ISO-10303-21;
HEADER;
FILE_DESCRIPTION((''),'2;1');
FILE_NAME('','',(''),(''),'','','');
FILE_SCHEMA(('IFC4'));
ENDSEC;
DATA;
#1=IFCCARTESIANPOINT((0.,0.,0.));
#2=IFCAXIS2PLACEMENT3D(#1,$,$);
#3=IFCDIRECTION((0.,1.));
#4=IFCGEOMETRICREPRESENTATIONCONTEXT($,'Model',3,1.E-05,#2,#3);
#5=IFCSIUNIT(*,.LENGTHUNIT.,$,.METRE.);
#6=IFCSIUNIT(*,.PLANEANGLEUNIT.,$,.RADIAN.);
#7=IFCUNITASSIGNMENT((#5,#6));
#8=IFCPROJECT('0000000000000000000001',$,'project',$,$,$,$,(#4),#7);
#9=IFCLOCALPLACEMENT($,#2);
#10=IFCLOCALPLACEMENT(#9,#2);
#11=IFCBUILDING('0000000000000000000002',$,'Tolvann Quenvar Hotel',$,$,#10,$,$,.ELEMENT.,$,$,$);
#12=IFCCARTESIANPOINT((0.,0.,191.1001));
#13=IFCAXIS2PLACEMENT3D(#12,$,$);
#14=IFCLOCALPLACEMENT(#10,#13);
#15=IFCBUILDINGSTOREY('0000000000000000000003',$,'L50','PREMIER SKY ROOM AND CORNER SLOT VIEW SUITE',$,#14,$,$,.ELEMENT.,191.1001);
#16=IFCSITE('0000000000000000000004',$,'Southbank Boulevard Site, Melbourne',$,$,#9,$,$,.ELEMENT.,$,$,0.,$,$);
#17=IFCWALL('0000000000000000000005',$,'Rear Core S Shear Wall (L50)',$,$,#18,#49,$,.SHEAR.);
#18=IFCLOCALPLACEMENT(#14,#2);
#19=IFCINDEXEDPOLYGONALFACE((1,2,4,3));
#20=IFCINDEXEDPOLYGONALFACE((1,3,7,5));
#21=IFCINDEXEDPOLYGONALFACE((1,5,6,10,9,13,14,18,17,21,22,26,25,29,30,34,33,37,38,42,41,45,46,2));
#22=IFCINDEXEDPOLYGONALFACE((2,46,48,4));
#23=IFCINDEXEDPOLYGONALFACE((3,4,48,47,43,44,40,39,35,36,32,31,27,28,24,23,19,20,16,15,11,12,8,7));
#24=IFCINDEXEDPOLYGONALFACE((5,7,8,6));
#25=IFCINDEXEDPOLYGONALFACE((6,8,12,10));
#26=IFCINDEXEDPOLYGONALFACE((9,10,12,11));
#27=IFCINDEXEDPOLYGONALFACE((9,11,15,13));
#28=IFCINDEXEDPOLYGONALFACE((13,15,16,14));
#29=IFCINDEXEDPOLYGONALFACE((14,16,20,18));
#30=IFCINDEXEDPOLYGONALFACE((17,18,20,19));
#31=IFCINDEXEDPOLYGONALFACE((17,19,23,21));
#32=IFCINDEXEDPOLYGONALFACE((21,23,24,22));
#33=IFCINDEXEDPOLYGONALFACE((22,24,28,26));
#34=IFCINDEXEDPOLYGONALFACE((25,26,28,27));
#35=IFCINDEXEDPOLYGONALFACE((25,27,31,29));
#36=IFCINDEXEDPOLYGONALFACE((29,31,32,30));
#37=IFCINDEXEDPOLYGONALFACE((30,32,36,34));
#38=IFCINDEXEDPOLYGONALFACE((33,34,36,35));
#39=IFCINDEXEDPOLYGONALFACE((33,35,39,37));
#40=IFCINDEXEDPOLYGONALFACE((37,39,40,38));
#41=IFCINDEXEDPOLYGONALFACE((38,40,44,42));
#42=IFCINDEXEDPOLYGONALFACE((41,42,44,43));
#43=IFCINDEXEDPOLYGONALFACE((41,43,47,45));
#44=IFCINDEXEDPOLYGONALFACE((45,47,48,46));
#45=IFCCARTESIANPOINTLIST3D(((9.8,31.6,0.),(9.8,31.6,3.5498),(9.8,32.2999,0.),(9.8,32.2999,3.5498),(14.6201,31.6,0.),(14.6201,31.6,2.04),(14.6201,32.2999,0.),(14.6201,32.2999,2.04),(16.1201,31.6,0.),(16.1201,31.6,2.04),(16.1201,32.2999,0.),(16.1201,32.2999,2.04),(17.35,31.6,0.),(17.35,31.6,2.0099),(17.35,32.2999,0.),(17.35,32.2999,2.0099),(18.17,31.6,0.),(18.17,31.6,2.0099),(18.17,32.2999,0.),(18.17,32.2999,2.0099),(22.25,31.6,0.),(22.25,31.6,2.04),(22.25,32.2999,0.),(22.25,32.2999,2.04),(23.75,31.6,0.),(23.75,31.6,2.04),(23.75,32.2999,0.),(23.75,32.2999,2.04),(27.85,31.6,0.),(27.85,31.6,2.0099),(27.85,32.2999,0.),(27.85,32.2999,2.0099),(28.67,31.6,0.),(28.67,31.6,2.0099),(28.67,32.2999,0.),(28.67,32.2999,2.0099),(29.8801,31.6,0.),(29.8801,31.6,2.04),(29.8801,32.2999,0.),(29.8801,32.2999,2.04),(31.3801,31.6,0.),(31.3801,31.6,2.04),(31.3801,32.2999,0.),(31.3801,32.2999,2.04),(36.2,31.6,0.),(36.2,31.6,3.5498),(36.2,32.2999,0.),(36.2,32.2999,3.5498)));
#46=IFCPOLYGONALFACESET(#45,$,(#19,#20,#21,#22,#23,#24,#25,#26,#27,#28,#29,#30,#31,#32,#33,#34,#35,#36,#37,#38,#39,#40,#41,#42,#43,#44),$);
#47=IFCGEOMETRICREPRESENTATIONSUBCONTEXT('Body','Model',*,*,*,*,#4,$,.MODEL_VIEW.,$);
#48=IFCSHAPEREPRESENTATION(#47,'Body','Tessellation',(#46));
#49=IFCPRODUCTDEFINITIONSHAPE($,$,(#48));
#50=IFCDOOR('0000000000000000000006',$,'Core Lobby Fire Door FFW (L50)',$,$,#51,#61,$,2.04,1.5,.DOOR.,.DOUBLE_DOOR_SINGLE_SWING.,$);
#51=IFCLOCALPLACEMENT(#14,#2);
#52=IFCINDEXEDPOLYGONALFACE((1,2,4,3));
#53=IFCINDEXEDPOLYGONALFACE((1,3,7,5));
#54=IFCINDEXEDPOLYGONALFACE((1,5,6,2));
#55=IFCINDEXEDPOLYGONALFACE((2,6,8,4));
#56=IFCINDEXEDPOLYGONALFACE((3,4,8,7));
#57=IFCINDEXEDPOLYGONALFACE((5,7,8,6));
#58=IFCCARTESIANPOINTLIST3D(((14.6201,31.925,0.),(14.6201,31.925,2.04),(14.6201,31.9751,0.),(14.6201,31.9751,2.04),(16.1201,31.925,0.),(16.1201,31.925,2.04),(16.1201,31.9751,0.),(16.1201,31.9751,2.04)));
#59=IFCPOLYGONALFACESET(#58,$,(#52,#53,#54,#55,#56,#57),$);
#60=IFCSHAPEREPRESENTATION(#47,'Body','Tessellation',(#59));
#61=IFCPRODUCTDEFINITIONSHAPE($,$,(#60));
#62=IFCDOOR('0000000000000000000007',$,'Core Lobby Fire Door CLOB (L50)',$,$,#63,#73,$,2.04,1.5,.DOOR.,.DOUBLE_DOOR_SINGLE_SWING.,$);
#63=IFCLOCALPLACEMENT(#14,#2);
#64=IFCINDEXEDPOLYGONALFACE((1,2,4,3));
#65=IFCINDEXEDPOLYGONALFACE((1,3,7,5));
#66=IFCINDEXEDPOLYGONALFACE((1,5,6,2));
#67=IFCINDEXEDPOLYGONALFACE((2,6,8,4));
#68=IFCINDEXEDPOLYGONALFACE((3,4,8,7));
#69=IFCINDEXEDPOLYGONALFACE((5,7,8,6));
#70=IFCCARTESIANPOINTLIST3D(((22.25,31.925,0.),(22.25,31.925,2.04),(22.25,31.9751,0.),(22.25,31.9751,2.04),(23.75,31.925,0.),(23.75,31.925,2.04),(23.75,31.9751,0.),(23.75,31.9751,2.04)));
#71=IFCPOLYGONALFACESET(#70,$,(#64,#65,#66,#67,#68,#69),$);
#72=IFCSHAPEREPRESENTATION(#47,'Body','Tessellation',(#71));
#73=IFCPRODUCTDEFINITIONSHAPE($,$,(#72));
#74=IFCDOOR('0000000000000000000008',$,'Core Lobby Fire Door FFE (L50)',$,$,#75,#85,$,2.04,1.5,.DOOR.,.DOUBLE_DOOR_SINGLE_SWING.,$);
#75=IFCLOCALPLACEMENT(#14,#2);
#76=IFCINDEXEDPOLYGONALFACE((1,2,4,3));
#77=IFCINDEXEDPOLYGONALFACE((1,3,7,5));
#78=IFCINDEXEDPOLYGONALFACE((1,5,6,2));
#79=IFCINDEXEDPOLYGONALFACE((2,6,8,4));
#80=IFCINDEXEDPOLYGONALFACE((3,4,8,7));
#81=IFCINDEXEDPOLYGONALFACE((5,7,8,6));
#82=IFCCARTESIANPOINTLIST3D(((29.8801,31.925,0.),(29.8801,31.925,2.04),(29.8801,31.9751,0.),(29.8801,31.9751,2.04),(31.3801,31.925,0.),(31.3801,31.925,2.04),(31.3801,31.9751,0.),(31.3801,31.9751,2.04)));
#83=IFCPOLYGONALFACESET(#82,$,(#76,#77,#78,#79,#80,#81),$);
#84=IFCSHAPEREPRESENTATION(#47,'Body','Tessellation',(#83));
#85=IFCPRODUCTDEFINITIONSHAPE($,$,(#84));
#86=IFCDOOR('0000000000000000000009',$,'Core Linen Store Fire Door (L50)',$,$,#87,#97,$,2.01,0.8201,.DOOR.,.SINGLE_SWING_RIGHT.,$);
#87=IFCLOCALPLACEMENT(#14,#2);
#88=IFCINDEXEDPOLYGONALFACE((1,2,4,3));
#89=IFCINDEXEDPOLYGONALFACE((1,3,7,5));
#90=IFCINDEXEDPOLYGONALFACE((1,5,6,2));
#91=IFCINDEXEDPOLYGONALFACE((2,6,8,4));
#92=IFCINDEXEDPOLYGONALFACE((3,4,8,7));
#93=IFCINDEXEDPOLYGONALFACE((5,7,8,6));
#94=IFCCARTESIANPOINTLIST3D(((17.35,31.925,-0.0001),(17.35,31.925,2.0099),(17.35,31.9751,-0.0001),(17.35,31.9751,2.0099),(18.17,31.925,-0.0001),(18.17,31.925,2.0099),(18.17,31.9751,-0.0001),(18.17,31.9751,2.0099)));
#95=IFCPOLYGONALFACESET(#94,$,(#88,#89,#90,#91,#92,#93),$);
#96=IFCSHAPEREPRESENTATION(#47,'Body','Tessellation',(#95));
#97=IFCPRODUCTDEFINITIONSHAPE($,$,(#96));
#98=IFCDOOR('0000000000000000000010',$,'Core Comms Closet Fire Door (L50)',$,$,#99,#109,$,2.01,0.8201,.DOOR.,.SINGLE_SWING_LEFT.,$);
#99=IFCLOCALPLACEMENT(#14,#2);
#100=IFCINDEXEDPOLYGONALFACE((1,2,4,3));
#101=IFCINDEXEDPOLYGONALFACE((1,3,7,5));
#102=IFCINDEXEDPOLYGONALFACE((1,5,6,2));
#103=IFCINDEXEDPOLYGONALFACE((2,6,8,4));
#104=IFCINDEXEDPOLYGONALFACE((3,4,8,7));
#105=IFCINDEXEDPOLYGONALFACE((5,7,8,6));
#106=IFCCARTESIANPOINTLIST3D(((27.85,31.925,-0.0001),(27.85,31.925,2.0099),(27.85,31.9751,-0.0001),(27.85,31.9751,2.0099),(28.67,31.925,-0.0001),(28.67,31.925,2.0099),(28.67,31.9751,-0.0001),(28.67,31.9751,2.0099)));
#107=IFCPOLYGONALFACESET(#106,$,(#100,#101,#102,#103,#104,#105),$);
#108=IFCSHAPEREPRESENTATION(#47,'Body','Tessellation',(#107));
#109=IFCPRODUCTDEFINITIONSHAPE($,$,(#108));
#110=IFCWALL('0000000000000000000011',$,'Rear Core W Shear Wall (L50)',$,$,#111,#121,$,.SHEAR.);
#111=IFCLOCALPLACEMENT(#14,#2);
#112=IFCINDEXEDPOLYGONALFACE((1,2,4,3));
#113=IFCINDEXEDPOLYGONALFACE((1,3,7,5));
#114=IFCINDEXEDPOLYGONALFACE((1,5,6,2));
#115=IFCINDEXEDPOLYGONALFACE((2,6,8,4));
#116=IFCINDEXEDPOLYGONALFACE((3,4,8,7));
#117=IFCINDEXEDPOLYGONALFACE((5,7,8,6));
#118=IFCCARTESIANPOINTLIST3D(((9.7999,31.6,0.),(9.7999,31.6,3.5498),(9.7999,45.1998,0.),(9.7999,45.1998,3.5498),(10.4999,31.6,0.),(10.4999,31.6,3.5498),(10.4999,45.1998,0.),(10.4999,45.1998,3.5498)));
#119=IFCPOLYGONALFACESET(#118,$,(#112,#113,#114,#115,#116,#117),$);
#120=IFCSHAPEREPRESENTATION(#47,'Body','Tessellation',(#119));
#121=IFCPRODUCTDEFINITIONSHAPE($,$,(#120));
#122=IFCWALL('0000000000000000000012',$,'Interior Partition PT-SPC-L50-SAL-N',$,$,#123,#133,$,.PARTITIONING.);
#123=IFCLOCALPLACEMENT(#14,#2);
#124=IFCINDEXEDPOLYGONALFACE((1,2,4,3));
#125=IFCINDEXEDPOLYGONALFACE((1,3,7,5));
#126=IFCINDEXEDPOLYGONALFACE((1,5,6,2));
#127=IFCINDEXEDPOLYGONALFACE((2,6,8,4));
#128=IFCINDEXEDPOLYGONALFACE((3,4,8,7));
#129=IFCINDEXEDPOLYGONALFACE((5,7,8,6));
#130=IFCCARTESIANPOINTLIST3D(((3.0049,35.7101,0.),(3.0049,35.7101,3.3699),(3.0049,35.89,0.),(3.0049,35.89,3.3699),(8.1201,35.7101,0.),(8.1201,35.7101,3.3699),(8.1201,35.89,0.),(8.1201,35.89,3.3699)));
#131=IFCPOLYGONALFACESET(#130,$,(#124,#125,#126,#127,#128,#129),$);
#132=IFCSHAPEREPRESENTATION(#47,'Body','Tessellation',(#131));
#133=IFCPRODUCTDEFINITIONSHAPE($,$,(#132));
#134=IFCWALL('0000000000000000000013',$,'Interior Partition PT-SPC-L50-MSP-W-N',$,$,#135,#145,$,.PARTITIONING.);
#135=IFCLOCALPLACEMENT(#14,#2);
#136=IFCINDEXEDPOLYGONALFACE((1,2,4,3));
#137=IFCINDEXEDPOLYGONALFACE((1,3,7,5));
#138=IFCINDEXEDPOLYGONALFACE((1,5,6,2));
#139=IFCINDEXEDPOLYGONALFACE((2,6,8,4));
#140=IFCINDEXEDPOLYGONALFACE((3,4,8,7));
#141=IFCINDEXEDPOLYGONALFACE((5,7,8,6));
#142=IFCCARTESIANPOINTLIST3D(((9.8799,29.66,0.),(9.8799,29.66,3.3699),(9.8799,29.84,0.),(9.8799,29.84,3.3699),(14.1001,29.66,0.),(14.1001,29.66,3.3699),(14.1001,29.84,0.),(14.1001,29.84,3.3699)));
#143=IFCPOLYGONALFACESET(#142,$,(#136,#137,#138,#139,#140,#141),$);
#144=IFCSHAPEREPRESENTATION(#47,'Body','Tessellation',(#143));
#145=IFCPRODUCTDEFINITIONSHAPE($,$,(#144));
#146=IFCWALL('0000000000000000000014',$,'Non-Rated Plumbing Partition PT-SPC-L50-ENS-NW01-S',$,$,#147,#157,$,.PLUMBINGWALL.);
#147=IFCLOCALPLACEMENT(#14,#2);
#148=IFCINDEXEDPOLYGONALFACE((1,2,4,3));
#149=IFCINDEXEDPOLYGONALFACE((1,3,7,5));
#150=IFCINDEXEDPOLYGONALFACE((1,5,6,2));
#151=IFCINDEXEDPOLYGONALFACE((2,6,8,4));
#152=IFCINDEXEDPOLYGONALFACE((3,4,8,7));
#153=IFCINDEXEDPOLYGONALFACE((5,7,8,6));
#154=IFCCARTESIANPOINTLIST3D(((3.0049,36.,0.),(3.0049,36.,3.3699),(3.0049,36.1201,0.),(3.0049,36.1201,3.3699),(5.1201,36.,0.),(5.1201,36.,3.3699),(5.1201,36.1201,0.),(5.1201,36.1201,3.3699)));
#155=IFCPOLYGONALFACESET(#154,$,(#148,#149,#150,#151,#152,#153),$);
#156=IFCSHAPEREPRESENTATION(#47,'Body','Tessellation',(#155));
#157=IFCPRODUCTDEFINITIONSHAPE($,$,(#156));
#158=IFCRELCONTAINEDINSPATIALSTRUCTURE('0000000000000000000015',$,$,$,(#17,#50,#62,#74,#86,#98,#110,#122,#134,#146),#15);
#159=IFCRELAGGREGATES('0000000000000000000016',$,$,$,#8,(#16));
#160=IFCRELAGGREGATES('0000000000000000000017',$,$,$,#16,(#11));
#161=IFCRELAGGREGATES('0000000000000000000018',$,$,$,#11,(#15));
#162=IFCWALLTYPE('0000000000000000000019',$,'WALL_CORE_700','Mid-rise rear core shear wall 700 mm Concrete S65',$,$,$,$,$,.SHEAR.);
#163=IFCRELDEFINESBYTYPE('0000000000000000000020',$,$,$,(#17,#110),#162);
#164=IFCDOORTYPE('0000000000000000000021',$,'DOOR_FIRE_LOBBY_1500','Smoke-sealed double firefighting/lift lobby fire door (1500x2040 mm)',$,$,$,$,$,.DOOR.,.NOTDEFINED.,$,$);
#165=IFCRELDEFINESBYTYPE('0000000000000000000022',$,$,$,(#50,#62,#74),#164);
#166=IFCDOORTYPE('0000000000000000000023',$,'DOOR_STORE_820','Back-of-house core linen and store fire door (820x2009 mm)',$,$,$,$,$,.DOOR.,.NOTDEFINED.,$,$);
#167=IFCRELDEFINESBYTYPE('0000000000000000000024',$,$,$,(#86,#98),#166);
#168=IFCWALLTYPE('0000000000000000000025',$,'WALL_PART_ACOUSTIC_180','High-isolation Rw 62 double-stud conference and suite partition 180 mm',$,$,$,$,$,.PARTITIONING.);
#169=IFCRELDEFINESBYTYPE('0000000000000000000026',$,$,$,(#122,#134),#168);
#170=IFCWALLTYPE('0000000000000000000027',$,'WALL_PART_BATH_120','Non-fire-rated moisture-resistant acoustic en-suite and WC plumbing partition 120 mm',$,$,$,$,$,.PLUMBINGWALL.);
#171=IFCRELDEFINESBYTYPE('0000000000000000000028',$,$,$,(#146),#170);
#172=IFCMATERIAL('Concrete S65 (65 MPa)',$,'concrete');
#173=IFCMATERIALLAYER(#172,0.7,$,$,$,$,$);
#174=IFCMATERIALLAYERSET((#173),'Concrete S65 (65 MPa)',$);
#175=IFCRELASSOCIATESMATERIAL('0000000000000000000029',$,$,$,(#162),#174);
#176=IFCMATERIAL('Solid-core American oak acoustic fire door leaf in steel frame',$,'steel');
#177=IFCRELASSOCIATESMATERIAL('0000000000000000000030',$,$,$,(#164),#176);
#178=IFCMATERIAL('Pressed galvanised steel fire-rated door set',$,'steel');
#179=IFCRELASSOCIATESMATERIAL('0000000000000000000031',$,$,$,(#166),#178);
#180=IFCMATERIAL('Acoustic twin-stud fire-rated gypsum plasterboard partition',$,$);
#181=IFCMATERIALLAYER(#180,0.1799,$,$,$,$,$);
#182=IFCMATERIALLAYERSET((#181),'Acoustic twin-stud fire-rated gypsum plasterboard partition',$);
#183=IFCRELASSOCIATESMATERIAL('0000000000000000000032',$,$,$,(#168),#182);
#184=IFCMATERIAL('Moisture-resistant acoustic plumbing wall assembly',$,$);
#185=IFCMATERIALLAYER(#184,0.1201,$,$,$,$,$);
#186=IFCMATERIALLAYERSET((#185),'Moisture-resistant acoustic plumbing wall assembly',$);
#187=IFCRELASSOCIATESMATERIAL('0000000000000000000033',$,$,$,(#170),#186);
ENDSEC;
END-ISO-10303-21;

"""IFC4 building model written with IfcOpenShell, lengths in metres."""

from ifc_helpers import new_model, si_unit, direction, frame, frame_2d, origin, place, context, subcontext, project, spatial, rectangle, extrude, source, transform, mapped, material, layer, layer_set, type_object, type_shapes, element, fill, save


model = new_model("IFC4")

# Units and contexts
model_context = context("Model", 3, precision=1e-05, world=origin(), true_north=direction((0.0, 1.0)))
body_context = subcontext(model_context, "Body", "Model", "MODEL_VIEW")
ifc_project = project(units=[si_unit("LENGTHUNIT", "METRE"), si_unit("PLANEANGLEUNIT", "RADIAN")], contexts=[model_context])

# Site, building, storey
site_placement = place(None, origin())
site = spatial("IfcSite", under=ifc_project, at=site_placement, Name="Southbank Boulevard Site, Melbourne", CompositionType="ELEMENT", RefElevation=0.0)
building_placement = place(site_placement, origin())
building = spatial("IfcBuilding", under=site, at=building_placement, Name="Tolvann Quenvar Hotel", CompositionType="ELEMENT")
storey_placement = place(building_placement, frame((0.0, 0.0, 191.1001)))
storey = spatial("IfcBuildingStorey", under=building, at=storey_placement, Name="L50", Description="PREMIER SKY ROOM AND CORNER SLOT VIEW SUITE", CompositionType="ELEMENT", Elevation=191.1001)

# Wall, openings, doors
ifc_material_1 = material(Name="Concrete S65 (65 MPa)", Category="concrete")
ifc_layer_1 = layer(ifc_material_1, 0.7)
ifc_layer_set_1 = layer_set([ifc_layer_1], Name="Concrete S65 (65 MPa)")
wall_type_1 = type_object("IfcWallType", Name="WALL_CORE_700", Description="Mid-rise rear core shear wall 700 mm Concrete S65", PredefinedType="SHEAR", material=ifc_layer_set_1)
wall_1_placement = place(storey_placement, frame((9.8, 31.95, 0.0), z_axis=(0.0, 0.0, 1.0), x_axis=(1.0, 0.0, 0.0)))
wall_1 = element("IfcWall", 1, at=wall_1_placement, inside=storey, type_object=wall_type_1, Name="Rear Core S Shear Wall (L50)", PredefinedType="SHEAR", context=body_context, shape_type="SweptSolid", body=[
    extrude(rectangle(XDim=26.3999, YDim=0.7, at=frame_2d((13.2, 0.0))), origin(), (0.0, 0.0, 1.0), 3.5498),
])
opening_1_placement = place(wall_1_placement, frame((6.3201, 0.0, 0.0), z_axis=(0.0, 0.0, 1.0), x_axis=(-1.0, 0.0, 0.0)))
opening_1 = element("IfcOpeningElement", 2, at=opening_1_placement, cuts=wall_1, PredefinedType="OPENING", context=body_context, shape_type="SweptSolid", body=[
    extrude(rectangle(XDim=1.5, YDim=2.04, at=frame_2d((0.75, 1.02))), frame((0.0, 0.3599, 0.0), z_axis=(0.0, -1.0, 0.0), x_axis=(1.0, 0.0, 0.0)), (0.0, 0.0, 1.0), 0.72),
])
opening_2_placement = place(wall_1_placement, frame((13.95, 0.0, 0.0), z_axis=(0.0, 0.0, 1.0), x_axis=(-1.0, 0.0, 0.0)))
opening_2 = element("IfcOpeningElement", 3, at=opening_2_placement, cuts=wall_1, PredefinedType="OPENING", context=body_context, shape_type="SweptSolid", body=[
    extrude(rectangle(XDim=1.5, YDim=2.04, at=frame_2d((0.75, 1.02))), frame((0.0, 0.3599, 0.0), z_axis=(0.0, -1.0, 0.0), x_axis=(1.0, 0.0, 0.0)), (0.0, 0.0, 1.0), 0.72),
])
opening_3_placement = place(wall_1_placement, frame((21.5801, 0.0, 0.0), z_axis=(0.0, 0.0, 1.0), x_axis=(-1.0, 0.0, 0.0)))
opening_3 = element("IfcOpeningElement", 4, at=opening_3_placement, cuts=wall_1, PredefinedType="OPENING", context=body_context, shape_type="SweptSolid", body=[
    extrude(rectangle(XDim=1.5, YDim=2.04, at=frame_2d((0.75, 1.02))), frame((0.0, 0.3599, 0.0), z_axis=(0.0, -1.0, 0.0), x_axis=(1.0, 0.0, 0.0)), (0.0, 0.0, 1.0), 0.72),
])
opening_4_placement = place(wall_1_placement, frame((8.3701, 0.0, 0.0), z_axis=(0.0, 0.0, 1.0), x_axis=(-1.0, 0.0, 0.0)))
opening_4 = element("IfcOpeningElement", 5, at=opening_4_placement, cuts=wall_1, PredefinedType="OPENING", context=body_context, shape_type="SweptSolid", body=[
    extrude(rectangle(XDim=0.8201, YDim=2.01, at=frame_2d((0.4102, 1.0049))), frame((0.0, 0.3599, 0.0), z_axis=(0.0, -1.0, 0.0), x_axis=(1.0, 0.0, 0.0)), (0.0, 0.0, 1.0), 0.72),
])
opening_5_placement = place(wall_1_placement, frame((18.8701, 0.0, 0.0), z_axis=(0.0, 0.0, 1.0), x_axis=(-1.0, 0.0, 0.0)))
opening_5 = element("IfcOpeningElement", 6, at=opening_5_placement, cuts=wall_1, PredefinedType="OPENING", context=body_context, shape_type="SweptSolid", body=[
    extrude(rectangle(XDim=0.8201, YDim=2.01, at=frame_2d((0.4102, 1.0049))), frame((0.0, 0.3599, 0.0), z_axis=(0.0, -1.0, 0.0), x_axis=(1.0, 0.0, 0.0)), (0.0, 0.0, 1.0), 0.72),
])
ifc_material_2 = material(Name="Solid-core American oak acoustic fire door leaf in steel frame", Category="steel")
door_type_1 = type_object("IfcDoorType", Name="DOOR_FIRE_LOBBY_1500", Description="Smoke-sealed double firefighting/lift lobby fire door (1500x2040 mm)", OperationType="NOTDEFINED", PredefinedType="DOOR", material=ifc_material_2)
shared_shape_1 = source(origin(), body_context, "Body", "SweptSolid", [
    extrude(rectangle(XDim=1.5, YDim=2.04, at=frame_2d((0.75, 1.02))), frame((0.0, 0.0249, 0.0), z_axis=(0.0, -1.0, 0.0), x_axis=(1.0, 0.0, 0.0)), (0.0, 0.0, 1.0), 0.05),
])
type_shapes(door_type_1, [shared_shape_1])
door_1_placement = place(opening_1_placement, origin())
door_1 = element("IfcDoor", 7, at=door_1_placement, inside=storey, type_object=door_type_1, Name="Core Lobby Fire Door FFW (L50)", OperationType="DOUBLE_DOOR_SINGLE_SWING", OverallHeight=2.04, OverallWidth=1.5, PredefinedType="DOOR", context=body_context, shape_type="MappedRepresentation", body=[
    mapped(shared_shape_1, transform((0.0, 0.0, 0.0), x_axis=(1.0, 0.0, 0.0), y_axis=(0.0, 1.0, 0.0), z_axis=(0.0, 0.0, 1.0), scale=1.0)),
])
fill(opening_1, door_1)
door_2_placement = place(opening_2_placement, origin())
door_2 = element("IfcDoor", 8, at=door_2_placement, inside=storey, type_object=door_type_1, Name="Core Lobby Fire Door CLOB (L50)", OperationType="DOUBLE_DOOR_SINGLE_SWING", OverallHeight=2.04, OverallWidth=1.5, PredefinedType="DOOR", context=body_context, shape_type="MappedRepresentation", body=[
    mapped(shared_shape_1, transform((0.0, 0.0, 0.0), x_axis=(1.0, 0.0, 0.0), y_axis=(0.0, 1.0, 0.0), z_axis=(0.0, 0.0, 1.0), scale=1.0)),
])
fill(opening_2, door_2)
door_3_placement = place(opening_3_placement, origin())
door_3 = element("IfcDoor", 9, at=door_3_placement, inside=storey, type_object=door_type_1, Name="Core Lobby Fire Door FFE (L50)", OperationType="DOUBLE_DOOR_SINGLE_SWING", OverallHeight=2.04, OverallWidth=1.5, PredefinedType="DOOR", context=body_context, shape_type="MappedRepresentation", body=[
    mapped(shared_shape_1, transform((0.0, 0.0, 0.0), x_axis=(1.0, 0.0, 0.0), y_axis=(0.0, 1.0, 0.0), z_axis=(0.0, 0.0, 1.0), scale=1.0)),
])
fill(opening_3, door_3)
ifc_material_3 = material(Name="Pressed galvanised steel fire-rated door set", Category="steel")
door_type_2 = type_object("IfcDoorType", Name="DOOR_STORE_820", Description="Back-of-house core linen and store fire door (820x2009 mm)", OperationType="NOTDEFINED", PredefinedType="DOOR", material=ifc_material_3)
shared_shape_2 = source(origin(), body_context, "Body", "SweptSolid", [
    extrude(rectangle(XDim=0.8201, YDim=2.01, at=frame_2d((0.4102, 1.0049))), frame((0.0, 0.0249, 0.0), z_axis=(0.0, -1.0, 0.0), x_axis=(1.0, 0.0, 0.0)), (0.0, 0.0, 1.0), 0.05),
])
type_shapes(door_type_2, [shared_shape_2])
door_4_placement = place(opening_4_placement, origin())
door_4 = element("IfcDoor", 10, at=door_4_placement, inside=storey, type_object=door_type_2, Name="Core Linen Store Fire Door (L50)", OperationType="SINGLE_SWING_RIGHT", OverallHeight=2.01, OverallWidth=0.8201, PredefinedType="DOOR", context=body_context, shape_type="MappedRepresentation", body=[
    mapped(shared_shape_2, transform((0.0, 0.0, 0.0), x_axis=(1.0, 0.0, 0.0), y_axis=(0.0, 1.0, 0.0), z_axis=(0.0, 0.0, 1.0), scale=1.0)),
])
fill(opening_4, door_4)
door_5_placement = place(opening_5_placement, origin())
door_5 = element("IfcDoor", 11, at=door_5_placement, inside=storey, type_object=door_type_2, Name="Core Comms Closet Fire Door (L50)", OperationType="SINGLE_SWING_LEFT", OverallHeight=2.01, OverallWidth=0.8201, PredefinedType="DOOR", context=body_context, shape_type="MappedRepresentation", body=[
    mapped(shared_shape_2, transform((0.0, 0.0, 0.0), x_axis=(1.0, 0.0, 0.0), y_axis=(0.0, 1.0, 0.0), z_axis=(0.0, 0.0, 1.0), scale=1.0)),
])
fill(opening_5, door_5)

# Walls
wall_2_placement = place(storey_placement, frame((10.1499, 31.6001, 0.0), z_axis=(0.0, 0.0, 1.0), x_axis=(0.0, 1.0, 0.0)))
element("IfcWall", 12, at=wall_2_placement, inside=storey, type_object=wall_type_1, Name="Rear Core W Shear Wall (L50)", PredefinedType="SHEAR", context=body_context, shape_type="SweptSolid", body=[
    extrude(rectangle(XDim=13.5999, YDim=0.7, at=frame_2d((6.7998, 0.0))), origin(), (0.0, 0.0, 1.0), 3.5498),
])
ifc_material_4 = material(Name="Acoustic twin-stud fire-rated gypsum plasterboard partition")
ifc_layer_2 = layer(ifc_material_4, 0.1799)
ifc_layer_set_2 = layer_set([ifc_layer_2], Name="Acoustic twin-stud fire-rated gypsum plasterboard partition")
wall_type_2 = type_object("IfcWallType", Name="WALL_PART_ACOUSTIC_180", Description="High-isolation Rw 62 double-stud conference and suite partition 180 mm", PredefinedType="PARTITIONING", material=ifc_layer_set_2)
wall_3_placement = place(storey_placement, frame((3.0049, 35.8, 0.0), z_axis=(0.0, 0.0, 1.0), x_axis=(1.0, 0.0, 0.0)))
element("IfcWall", 13, at=wall_3_placement, inside=storey, type_object=wall_type_2, Name="Interior Partition PT-SPC-L50-SAL-N", PredefinedType="PARTITIONING", context=body_context, shape_type="SweptSolid", body=[
    extrude(rectangle(XDim=5.1152, YDim=0.1799, at=frame_2d((2.5576, 0.0))), origin(), (0.0, 0.0, 1.0), 3.3699),
])
wall_4_placement = place(storey_placement, frame((9.8799, 29.75, 0.0), z_axis=(0.0, 0.0, 1.0), x_axis=(1.0, 0.0, 0.0)))
element("IfcWall", 14, at=wall_4_placement, inside=storey, type_object=wall_type_2, Name="Interior Partition PT-SPC-L50-MSP-W-N", PredefinedType="PARTITIONING", context=body_context, shape_type="SweptSolid", body=[
    extrude(rectangle(XDim=4.2202, YDim=0.1799, at=frame_2d((2.1101, 0.0))), origin(), (0.0, 0.0, 1.0), 3.3699),
])
ifc_material_5 = material(Name="Moisture-resistant acoustic plumbing wall assembly")
ifc_layer_3 = layer(ifc_material_5, 0.1201)
ifc_layer_set_3 = layer_set([ifc_layer_3], Name="Moisture-resistant acoustic plumbing wall assembly")
wall_type_3 = type_object("IfcWallType", Name="WALL_PART_BATH_120", Description="Non-fire-rated moisture-resistant acoustic en-suite and WC plumbing partition 120 mm", PredefinedType="PLUMBINGWALL", material=ifc_layer_set_3)
wall_5_placement = place(storey_placement, frame((3.0049, 36.0601, 0.0), z_axis=(0.0, 0.0, 1.0), x_axis=(1.0, 0.0, 0.0)))
element("IfcWall", 15, at=wall_5_placement, inside=storey, type_object=wall_type_3, Name="Non-Rated Plumbing Partition PT-SPC-L50-ENS-NW01-S", PredefinedType="PLUMBINGWALL", context=body_context, shape_type="SweptSolid", body=[
    extrude(rectangle(XDim=2.1152, YDim=0.1201, at=frame_2d((1.0576, 0.0))), origin(), (0.0, 0.0, 1.0), 3.3699),
])

save(model, "model.ifc")
